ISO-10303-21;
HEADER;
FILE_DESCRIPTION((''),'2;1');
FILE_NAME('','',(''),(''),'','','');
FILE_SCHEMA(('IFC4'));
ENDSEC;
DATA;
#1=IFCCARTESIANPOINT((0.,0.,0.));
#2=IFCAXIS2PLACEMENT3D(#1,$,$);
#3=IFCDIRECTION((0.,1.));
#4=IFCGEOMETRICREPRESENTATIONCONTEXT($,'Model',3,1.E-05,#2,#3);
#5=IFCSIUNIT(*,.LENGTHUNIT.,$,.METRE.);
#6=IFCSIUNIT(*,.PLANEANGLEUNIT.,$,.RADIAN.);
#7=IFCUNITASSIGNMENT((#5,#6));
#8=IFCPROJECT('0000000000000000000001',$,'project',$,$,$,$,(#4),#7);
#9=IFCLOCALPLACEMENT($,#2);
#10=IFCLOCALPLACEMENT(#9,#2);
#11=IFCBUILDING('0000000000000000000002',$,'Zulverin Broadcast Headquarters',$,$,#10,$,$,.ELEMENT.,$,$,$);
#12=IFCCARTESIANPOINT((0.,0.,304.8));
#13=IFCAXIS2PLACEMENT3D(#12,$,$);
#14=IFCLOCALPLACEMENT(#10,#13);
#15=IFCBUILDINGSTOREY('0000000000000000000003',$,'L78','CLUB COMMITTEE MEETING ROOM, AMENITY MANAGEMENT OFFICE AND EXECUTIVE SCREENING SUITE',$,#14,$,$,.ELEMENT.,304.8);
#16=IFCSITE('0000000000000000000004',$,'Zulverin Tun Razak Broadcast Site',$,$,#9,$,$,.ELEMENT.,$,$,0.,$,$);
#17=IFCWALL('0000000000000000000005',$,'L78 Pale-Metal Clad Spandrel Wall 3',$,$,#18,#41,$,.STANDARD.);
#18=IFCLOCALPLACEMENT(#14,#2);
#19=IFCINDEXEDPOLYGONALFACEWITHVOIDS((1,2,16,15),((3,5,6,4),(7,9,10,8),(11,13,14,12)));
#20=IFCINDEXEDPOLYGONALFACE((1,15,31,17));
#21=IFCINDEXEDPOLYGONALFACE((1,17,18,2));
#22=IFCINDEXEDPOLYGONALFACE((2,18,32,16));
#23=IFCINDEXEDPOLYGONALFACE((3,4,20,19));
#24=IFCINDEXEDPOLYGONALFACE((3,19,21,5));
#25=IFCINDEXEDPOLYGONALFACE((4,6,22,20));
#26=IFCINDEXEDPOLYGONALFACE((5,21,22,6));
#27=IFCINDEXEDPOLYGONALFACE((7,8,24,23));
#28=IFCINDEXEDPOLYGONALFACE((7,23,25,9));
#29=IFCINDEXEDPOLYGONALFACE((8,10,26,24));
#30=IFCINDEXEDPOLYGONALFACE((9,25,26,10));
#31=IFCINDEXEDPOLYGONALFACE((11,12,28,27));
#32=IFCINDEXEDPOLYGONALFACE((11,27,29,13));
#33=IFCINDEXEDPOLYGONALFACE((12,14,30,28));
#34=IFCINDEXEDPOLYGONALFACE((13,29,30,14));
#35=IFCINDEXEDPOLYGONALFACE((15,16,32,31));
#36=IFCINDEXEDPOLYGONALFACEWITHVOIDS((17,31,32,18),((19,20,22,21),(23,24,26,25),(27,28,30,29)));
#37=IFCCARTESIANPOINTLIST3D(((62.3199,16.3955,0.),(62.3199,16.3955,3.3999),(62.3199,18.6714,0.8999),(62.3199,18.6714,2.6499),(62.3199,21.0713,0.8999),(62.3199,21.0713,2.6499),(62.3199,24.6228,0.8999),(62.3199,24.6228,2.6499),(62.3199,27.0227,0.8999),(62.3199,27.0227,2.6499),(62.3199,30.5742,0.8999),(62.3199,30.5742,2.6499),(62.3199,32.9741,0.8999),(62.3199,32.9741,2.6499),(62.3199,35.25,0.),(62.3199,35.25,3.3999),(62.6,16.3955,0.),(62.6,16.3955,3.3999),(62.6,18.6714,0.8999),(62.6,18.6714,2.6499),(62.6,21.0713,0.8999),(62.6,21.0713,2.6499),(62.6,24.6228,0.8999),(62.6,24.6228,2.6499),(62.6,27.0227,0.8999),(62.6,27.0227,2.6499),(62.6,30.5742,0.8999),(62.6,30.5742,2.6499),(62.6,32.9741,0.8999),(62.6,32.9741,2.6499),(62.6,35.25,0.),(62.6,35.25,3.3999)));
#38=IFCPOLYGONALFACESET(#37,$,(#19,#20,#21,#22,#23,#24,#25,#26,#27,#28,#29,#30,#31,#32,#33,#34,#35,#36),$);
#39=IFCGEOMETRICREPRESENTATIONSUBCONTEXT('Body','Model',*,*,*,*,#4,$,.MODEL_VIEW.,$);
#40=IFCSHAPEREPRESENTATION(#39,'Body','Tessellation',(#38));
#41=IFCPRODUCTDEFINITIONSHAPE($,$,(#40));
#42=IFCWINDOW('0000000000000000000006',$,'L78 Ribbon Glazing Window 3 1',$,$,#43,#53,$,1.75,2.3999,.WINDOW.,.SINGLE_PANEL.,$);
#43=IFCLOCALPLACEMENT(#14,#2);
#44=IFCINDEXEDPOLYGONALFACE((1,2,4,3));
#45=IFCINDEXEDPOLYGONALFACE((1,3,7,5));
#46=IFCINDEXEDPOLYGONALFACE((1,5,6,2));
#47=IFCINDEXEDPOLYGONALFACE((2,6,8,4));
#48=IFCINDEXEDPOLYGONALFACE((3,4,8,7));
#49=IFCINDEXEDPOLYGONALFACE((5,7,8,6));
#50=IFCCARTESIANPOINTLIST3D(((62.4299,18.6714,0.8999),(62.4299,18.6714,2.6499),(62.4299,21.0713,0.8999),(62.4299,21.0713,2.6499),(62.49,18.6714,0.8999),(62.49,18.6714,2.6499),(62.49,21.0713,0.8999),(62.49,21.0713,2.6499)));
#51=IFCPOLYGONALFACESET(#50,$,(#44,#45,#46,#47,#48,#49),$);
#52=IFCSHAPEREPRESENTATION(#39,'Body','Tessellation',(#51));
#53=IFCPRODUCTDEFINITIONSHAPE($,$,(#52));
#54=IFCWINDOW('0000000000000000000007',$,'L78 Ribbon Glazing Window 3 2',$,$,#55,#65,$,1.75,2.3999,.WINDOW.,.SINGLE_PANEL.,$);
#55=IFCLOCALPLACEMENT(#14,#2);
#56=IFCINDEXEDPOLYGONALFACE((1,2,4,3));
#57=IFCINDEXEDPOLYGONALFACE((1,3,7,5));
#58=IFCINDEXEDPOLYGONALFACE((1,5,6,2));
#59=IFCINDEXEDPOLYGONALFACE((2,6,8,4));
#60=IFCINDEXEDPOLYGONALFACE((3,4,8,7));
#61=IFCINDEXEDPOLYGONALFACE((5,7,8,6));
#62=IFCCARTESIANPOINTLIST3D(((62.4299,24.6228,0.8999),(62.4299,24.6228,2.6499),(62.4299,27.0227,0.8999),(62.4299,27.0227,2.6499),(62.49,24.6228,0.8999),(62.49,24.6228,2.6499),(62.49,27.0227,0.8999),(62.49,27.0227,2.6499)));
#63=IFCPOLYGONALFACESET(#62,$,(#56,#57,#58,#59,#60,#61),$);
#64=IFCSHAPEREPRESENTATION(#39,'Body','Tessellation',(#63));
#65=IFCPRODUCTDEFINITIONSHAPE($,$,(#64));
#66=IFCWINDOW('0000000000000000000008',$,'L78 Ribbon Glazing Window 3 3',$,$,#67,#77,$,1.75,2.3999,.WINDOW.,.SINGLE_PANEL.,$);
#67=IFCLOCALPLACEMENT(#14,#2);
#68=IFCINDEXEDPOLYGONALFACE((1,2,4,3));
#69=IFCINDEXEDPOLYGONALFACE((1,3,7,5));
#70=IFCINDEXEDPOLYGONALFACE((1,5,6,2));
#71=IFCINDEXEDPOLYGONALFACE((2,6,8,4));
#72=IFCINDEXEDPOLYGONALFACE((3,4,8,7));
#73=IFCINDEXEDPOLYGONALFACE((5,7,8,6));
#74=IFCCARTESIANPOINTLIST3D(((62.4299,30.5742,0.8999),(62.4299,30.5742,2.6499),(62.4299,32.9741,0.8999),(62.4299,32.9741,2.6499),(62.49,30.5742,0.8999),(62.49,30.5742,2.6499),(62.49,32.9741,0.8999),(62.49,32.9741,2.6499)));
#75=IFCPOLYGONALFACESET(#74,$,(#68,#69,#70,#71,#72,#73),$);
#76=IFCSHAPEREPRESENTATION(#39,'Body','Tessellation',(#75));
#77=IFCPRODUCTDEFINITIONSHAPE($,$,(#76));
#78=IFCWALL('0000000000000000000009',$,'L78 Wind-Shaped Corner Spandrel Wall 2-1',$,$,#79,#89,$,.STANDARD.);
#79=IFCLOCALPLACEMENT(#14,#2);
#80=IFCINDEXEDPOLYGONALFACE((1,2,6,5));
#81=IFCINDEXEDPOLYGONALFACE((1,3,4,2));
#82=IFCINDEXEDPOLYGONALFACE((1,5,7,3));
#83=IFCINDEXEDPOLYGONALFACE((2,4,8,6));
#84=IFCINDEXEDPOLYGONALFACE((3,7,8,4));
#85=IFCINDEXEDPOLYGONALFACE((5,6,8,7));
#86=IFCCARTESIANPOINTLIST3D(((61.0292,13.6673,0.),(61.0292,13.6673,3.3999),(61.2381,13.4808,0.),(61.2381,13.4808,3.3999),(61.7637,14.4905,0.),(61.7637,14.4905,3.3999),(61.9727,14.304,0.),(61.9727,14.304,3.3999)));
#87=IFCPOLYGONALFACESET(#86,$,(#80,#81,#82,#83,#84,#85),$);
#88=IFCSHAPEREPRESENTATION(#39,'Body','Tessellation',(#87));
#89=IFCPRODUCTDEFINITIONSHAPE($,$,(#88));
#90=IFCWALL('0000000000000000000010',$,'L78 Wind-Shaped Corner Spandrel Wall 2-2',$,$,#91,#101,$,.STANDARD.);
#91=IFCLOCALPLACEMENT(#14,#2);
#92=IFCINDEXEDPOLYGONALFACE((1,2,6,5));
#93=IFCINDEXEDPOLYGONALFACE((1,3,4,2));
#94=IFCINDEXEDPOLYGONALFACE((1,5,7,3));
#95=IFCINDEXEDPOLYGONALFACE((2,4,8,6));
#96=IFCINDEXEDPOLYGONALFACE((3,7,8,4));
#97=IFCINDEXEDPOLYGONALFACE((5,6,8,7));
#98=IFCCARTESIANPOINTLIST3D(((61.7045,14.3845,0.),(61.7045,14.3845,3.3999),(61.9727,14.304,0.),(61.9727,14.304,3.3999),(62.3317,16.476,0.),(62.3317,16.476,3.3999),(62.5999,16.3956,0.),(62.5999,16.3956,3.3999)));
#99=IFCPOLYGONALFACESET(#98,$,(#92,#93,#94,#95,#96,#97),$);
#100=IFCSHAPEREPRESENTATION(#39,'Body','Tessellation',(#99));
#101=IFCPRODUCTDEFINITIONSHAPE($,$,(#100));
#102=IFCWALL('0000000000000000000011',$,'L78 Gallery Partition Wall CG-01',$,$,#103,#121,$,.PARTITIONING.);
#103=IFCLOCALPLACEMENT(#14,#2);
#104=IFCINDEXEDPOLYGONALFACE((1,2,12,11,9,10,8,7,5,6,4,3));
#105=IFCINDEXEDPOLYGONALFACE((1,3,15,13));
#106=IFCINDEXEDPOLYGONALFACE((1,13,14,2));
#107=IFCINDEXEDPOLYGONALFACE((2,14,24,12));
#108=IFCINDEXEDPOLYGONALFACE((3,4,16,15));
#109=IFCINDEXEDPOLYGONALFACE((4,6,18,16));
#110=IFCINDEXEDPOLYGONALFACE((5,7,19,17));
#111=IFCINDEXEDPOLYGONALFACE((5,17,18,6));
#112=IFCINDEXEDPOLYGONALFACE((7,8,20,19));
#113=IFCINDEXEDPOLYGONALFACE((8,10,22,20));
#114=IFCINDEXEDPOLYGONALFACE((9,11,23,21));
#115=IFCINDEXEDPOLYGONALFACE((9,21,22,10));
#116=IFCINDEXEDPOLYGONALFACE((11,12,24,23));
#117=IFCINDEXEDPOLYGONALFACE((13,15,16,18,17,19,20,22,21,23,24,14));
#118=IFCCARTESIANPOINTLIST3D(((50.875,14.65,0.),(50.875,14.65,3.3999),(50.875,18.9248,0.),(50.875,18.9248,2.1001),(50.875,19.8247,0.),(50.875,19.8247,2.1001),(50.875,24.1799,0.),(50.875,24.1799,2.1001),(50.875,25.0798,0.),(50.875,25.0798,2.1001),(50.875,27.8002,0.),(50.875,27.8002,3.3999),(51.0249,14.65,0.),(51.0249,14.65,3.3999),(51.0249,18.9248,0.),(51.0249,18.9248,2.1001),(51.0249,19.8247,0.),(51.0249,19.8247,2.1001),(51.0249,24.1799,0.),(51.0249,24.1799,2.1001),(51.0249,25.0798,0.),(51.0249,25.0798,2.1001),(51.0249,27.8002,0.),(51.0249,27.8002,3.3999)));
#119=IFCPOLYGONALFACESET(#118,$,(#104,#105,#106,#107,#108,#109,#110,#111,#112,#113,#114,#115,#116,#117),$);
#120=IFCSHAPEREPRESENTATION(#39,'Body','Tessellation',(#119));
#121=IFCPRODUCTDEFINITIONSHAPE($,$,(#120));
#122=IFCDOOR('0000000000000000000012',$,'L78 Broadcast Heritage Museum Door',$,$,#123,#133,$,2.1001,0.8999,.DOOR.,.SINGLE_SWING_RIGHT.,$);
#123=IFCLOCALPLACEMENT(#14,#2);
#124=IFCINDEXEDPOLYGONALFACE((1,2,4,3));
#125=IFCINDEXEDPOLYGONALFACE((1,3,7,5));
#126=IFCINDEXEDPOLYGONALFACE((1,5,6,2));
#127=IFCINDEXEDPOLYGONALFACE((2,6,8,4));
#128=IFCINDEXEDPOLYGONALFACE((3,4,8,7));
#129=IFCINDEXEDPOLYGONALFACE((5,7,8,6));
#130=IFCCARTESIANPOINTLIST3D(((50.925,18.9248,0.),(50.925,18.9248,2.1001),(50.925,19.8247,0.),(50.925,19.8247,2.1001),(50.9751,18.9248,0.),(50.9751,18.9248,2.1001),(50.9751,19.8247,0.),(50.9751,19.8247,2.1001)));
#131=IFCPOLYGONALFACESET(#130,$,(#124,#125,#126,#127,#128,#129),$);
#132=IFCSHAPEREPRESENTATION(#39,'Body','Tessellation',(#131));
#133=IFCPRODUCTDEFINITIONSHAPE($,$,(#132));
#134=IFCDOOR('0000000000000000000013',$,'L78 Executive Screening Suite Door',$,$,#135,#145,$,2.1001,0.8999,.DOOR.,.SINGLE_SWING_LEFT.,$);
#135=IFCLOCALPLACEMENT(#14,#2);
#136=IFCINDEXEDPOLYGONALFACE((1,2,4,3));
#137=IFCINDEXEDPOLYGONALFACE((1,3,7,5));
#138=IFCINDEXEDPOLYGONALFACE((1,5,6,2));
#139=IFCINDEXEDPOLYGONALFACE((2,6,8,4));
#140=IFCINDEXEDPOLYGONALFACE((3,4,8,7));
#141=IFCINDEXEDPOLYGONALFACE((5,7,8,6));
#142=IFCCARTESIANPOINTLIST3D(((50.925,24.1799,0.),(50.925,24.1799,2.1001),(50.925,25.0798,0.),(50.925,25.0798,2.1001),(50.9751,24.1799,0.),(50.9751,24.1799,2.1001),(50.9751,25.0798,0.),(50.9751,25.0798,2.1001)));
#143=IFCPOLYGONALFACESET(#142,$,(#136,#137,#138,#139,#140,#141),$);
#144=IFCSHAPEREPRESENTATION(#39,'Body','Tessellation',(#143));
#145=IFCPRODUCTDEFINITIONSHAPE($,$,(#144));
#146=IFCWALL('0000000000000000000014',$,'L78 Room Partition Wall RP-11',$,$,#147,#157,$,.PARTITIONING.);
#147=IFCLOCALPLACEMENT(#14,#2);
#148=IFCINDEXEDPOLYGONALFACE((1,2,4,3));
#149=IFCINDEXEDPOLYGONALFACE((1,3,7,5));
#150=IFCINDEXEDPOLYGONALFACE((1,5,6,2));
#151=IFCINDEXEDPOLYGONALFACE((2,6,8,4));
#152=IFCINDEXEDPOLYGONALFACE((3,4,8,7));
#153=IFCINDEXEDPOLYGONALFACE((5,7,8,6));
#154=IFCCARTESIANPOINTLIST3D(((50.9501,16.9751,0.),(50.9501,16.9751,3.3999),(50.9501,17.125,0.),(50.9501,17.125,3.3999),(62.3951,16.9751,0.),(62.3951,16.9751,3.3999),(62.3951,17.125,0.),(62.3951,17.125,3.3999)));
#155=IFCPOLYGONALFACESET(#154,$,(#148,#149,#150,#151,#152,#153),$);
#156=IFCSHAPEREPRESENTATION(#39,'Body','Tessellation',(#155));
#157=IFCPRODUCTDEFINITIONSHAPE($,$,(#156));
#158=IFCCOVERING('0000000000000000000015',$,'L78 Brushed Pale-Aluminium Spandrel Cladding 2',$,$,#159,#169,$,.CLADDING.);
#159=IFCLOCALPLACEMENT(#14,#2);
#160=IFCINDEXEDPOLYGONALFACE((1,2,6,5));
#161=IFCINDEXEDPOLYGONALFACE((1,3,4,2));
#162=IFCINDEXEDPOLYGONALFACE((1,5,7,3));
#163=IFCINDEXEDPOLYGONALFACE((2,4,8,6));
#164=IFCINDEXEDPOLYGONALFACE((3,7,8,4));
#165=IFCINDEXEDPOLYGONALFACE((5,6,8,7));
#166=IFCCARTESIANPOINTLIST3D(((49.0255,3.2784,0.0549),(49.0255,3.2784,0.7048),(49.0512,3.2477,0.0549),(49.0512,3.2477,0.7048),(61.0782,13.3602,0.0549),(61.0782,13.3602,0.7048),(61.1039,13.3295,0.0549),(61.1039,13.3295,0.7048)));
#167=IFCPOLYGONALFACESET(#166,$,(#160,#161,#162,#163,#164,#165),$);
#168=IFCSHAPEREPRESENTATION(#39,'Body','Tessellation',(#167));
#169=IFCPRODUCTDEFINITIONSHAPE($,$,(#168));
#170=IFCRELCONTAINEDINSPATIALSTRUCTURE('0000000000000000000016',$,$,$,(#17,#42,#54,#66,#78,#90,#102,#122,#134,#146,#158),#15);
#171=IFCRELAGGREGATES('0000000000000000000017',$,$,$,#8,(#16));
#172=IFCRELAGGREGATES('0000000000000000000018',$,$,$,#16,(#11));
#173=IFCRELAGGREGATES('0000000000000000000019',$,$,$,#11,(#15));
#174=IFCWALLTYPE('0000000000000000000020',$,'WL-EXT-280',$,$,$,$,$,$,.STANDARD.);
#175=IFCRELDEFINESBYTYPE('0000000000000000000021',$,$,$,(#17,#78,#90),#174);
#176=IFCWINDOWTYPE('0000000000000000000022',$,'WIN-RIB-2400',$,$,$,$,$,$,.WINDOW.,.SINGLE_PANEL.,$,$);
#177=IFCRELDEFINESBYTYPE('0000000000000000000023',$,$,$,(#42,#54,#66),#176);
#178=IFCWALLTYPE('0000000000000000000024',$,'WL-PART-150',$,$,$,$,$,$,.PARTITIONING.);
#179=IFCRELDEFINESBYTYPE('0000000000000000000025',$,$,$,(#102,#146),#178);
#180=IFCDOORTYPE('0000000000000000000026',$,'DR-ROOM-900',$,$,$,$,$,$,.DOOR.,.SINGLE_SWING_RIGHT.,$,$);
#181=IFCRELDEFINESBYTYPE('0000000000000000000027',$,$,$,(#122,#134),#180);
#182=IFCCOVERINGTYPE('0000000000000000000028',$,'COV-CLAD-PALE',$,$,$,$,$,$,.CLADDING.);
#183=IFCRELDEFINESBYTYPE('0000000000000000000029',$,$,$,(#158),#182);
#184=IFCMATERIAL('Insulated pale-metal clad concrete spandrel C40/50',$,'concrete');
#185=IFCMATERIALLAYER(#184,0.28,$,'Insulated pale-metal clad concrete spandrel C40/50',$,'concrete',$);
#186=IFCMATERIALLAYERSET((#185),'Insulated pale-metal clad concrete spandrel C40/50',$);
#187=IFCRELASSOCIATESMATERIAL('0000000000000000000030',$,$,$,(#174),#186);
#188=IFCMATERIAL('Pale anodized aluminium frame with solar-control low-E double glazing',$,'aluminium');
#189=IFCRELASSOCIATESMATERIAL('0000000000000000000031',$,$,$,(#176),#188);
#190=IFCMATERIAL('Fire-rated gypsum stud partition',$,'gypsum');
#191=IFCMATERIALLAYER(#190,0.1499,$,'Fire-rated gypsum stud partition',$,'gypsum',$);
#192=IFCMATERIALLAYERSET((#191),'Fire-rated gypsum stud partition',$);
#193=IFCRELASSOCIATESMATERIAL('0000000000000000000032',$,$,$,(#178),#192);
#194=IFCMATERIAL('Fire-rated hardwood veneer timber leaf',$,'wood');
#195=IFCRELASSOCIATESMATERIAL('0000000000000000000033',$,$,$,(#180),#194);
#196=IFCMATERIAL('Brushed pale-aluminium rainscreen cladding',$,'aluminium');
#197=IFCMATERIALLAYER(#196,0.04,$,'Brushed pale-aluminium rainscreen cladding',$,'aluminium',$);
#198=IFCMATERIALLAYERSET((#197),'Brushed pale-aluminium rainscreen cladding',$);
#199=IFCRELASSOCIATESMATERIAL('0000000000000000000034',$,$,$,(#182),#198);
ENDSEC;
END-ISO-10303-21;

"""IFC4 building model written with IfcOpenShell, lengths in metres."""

from ifc_helpers import new_model, si_unit, direction, frame, frame_2d, origin, origin_2d, place, context, subcontext, project, spatial, rectangle, extrude, material, layer, layer_set, type_object, element, fill, save


model = new_model("IFC4")

# Units and contexts
model_context = context("Model", 3, precision=1e-05, world=origin(), true_north=direction((0.0, 1.0)))
body_context = subcontext(model_context, "Body", "Model", "MODEL_VIEW")
ifc_project = project(units=[si_unit("LENGTHUNIT", "METRE"), si_unit("PLANEANGLEUNIT", "RADIAN")], contexts=[model_context])

# Site, building, storey
site_placement = place(None, origin())
site = spatial("IfcSite", under=ifc_project, at=site_placement, Name="Zulverin Tun Razak Broadcast Site", CompositionType="ELEMENT", RefElevation=0.0)
building_placement = place(site_placement, origin())
building = spatial("IfcBuilding", under=site, at=building_placement, Name="Zulverin Broadcast Headquarters", CompositionType="ELEMENT")
storey_placement = place(building_placement, frame((0.0, 0.0, 304.8)))
storey = spatial("IfcBuildingStorey", under=building, at=storey_placement, Name="L78", Description="CLUB COMMITTEE MEETING ROOM, AMENITY MANAGEMENT OFFICE AND EXECUTIVE SCREENING SUITE", CompositionType="ELEMENT", Elevation=304.8)

# Wall, openings, windows
ifc_material_1 = material(Name="Insulated pale-metal clad concrete spandrel C40/50", Category="concrete")
ifc_layer_1 = layer(ifc_material_1, 0.28, Name="Insulated pale-metal clad concrete spandrel C40/50", Category="concrete")
ifc_layer_set_1 = layer_set([ifc_layer_1], Name="Insulated pale-metal clad concrete spandrel C40/50")
wall_type_1 = type_object("IfcWallType", Name="WL-EXT-280", PredefinedType="STANDARD", material=ifc_layer_set_1)
ifc_material_2 = material(Name="Pale anodized aluminium frame with solar-control low-E double glazing", Category="aluminium")
window_type = type_object("IfcWindowType", Name="WIN-RIB-2400", PartitioningType="SINGLE_PANEL", PredefinedType="WINDOW", material=ifc_material_2)
wall_1_placement = place(storey_placement, frame((62.46, 16.3955, 0.0), z_axis=(0.0, 0.0, 1.0), x_axis=(0.0, 1.0, 0.0)))
wall_1 = element("IfcWall", 1, at=wall_1_placement, inside=storey, type_object=wall_type_1, Name="L78 Pale-Metal Clad Spandrel Wall 3", PredefinedType="STANDARD", context=body_context, shape_type="SweptSolid", body=[
    extrude(rectangle(XDim=18.8545, YDim=0.28, at=frame_2d((9.4272, 0.0))), origin(), (0.0, 0.0, 1.0), 3.3999),
])
opening_1_placement = place(wall_1_placement, frame((2.2759, 0.0, 0.8999)))
opening_1 = element("IfcOpeningElement", 2, at=opening_1_placement, cuts=wall_1, PredefinedType="OPENING", context=body_context, shape_type="SweptSolid", body=[
    extrude(rectangle(XDim=2.3999, YDim=1.75, at=frame_2d((1.2, 0.875))), frame((0.0, 0.1499, 0.0), z_axis=(0.0, -1.0, 0.0), x_axis=(1.0, 0.0, 0.0)), (0.0, 0.0, 1.0), 0.3),
])
opening_2_placement = place(wall_1_placement, frame((8.2273, 0.0, 0.8999)))
opening_2 = element("IfcOpeningElement", 3, at=opening_2_placement, cuts=wall_1, PredefinedType="OPENING", context=body_context, shape_type="SweptSolid", body=[
    extrude(rectangle(XDim=2.3999, YDim=1.75, at=frame_2d((1.2, 0.875))), frame((0.0, 0.1499, 0.0), z_axis=(0.0, -1.0, 0.0), x_axis=(1.0, 0.0, 0.0)), (0.0, 0.0, 1.0), 0.3),
])
opening_3_placement = place(wall_1_placement, frame((14.1787, 0.0, 0.8999)))
opening_3 = element("IfcOpeningElement", 4, at=opening_3_placement, cuts=wall_1, PredefinedType="OPENING", context=body_context, shape_type="SweptSolid", body=[
    extrude(rectangle(XDim=2.3999, YDim=1.75, at=frame_2d((1.2, 0.875))), frame((0.0, 0.1499, 0.0), z_axis=(0.0, -1.0, 0.0), x_axis=(1.0, 0.0, 0.0)), (0.0, 0.0, 1.0), 0.3),
])
window_1_placement = place(opening_1_placement, origin())
window_1 = element("IfcWindow", 5, at=window_1_placement, inside=storey, type_object=window_type, Name="L78 Ribbon Glazing Window 3 1", OverallHeight=1.75, OverallWidth=2.3999, PartitioningType="SINGLE_PANEL", PredefinedType="WINDOW", context=body_context, shape_type="SweptSolid", body=[
    extrude(rectangle(XDim=2.3999, YDim=1.75, at=frame_2d((1.2, 0.875))), frame((0.0, 0.03, 0.0), z_axis=(0.0, -1.0, 0.0), x_axis=(1.0, 0.0, 0.0)), (0.0, 0.0, 1.0), 0.0601),
])
fill(opening_1, window_1)
window_2_placement = place(opening_2_placement, origin())
window_2 = element("IfcWindow", 6, at=window_2_placement, inside=storey, type_object=window_type, Name="L78 Ribbon Glazing Window 3 2", OverallHeight=1.75, OverallWidth=2.3999, PartitioningType="SINGLE_PANEL", PredefinedType="WINDOW", context=body_context, shape_type="SweptSolid", body=[
    extrude(rectangle(XDim=2.3999, YDim=1.75, at=frame_2d((1.2, 0.875))), frame((0.0, 0.03, 0.0), z_axis=(0.0, -1.0, 0.0), x_axis=(1.0, 0.0, 0.0)), (0.0, 0.0, 1.0), 0.0601),
])
fill(opening_2, window_2)
window_3_placement = place(opening_3_placement, origin())
window_3 = element("IfcWindow", 7, at=window_3_placement, inside=storey, type_object=window_type, Name="L78 Ribbon Glazing Window 3 3", OverallHeight=1.75, OverallWidth=2.3999, PartitioningType="SINGLE_PANEL", PredefinedType="WINDOW", context=body_context, shape_type="SweptSolid", body=[
    extrude(rectangle(XDim=2.3999, YDim=1.75, at=frame_2d((1.2, 0.875))), frame((0.0, 0.03, 0.0), z_axis=(0.0, -1.0, 0.0), x_axis=(1.0, 0.0, 0.0)), (0.0, 0.0, 1.0), 0.0601),
])
fill(opening_3, window_3)

# Walls
wall_2_placement = place(storey_placement, frame((61.1335, 13.574, 0.0), z_axis=(0.0, 0.0, 1.0), x_axis=(0.665805, 0.746126, 0.0)))
element("IfcWall", 8, at=wall_2_placement, inside=storey, type_object=wall_type_1, Name="L78 Wind-Shaped Corner Spandrel Wall 2-1", PredefinedType="STANDARD", context=body_context, shape_type="SweptSolid", body=[
    extrude(rectangle(XDim=1.1033, YDim=0.28, at=frame_2d((0.5518, 0.0))), origin(), (0.0, 0.0, 1.0), 3.3999),
])
wall_3_placement = place(storey_placement, frame((61.8386, 14.3442, 0.0), z_axis=(0.0, 0.0, 1.0), x_axis=(0.287235, 0.95786, 0.0)))
element("IfcWall", 9, at=wall_3_placement, inside=storey, type_object=wall_type_1, Name="L78 Wind-Shaped Corner Spandrel Wall 2-2", PredefinedType="STANDARD", context=body_context, shape_type="SweptSolid", body=[
    extrude(rectangle(XDim=2.1836, YDim=0.28, at=frame_2d((1.0918, 0.0))), origin(), (0.0, 0.0, 1.0), 3.3999),
])

# Wall, openings, doors
ifc_material_3 = material(Name="Fire-rated gypsum stud partition", Category="gypsum")
ifc_layer_2 = layer(ifc_material_3, 0.1499, Name="Fire-rated gypsum stud partition", Category="gypsum")
ifc_layer_set_2 = layer_set([ifc_layer_2], Name="Fire-rated gypsum stud partition")
wall_type_2 = type_object("IfcWallType", Name="WL-PART-150", PredefinedType="PARTITIONING", material=ifc_layer_set_2)
wall_4_placement = place(storey_placement, frame((50.95, 14.6499, 0.0), z_axis=(0.0, 0.0, 1.0), x_axis=(0.0, 1.0, 0.0)))
wall_4 = element("IfcWall", 10, at=wall_4_placement, inside=storey, type_object=wall_type_2, Name="L78 Gallery Partition Wall CG-01", PredefinedType="PARTITIONING", context=body_context, shape_type="SweptSolid", body=[
    extrude(rectangle(XDim=13.1501, YDim=0.1499, at=frame_2d((6.5752, 0.0))), origin(), (0.0, 0.0, 1.0), 3.3999),
])
opening_4_placement = place(wall_4_placement, frame((4.2749, 0.0, 0.0)))
opening_4 = element("IfcOpeningElement", 11, at=opening_4_placement, cuts=wall_4, PredefinedType="OPENING", context=body_context, shape_type="SweptSolid", body=[
    extrude(rectangle(XDim=0.8999, YDim=2.1001, at=frame_2d((0.45, 1.05))), frame((0.0, 0.085, 0.0), z_axis=(0.0, -1.0, 0.0), x_axis=(1.0, 0.0, 0.0)), (0.0, 0.0, 1.0), 0.1699),
])
opening_5_placement = place(wall_4_placement, frame((9.53, 0.0, 0.0)))
opening_5 = element("IfcOpeningElement", 12, at=opening_5_placement, cuts=wall_4, PredefinedType="OPENING", context=body_context, shape_type="SweptSolid", body=[
    extrude(rectangle(XDim=0.8999, YDim=2.1001, at=frame_2d((0.45, 1.05))), frame((0.0, 0.085, 0.0), z_axis=(0.0, -1.0, 0.0), x_axis=(1.0, 0.0, 0.0)), (0.0, 0.0, 1.0), 0.1699),
])
ifc_material_4 = material(Name="Fire-rated hardwood veneer timber leaf", Category="wood")
door_type = type_object("IfcDoorType", Name="DR-ROOM-900", OperationType="SINGLE_SWING_RIGHT", PredefinedType="DOOR", material=ifc_material_4)
door_1_placement = place(opening_4_placement, origin())
door_1 = element("IfcDoor", 13, at=door_1_placement, inside=storey, type_object=door_type, Name="L78 Broadcast Heritage Museum Door", OperationType="SINGLE_SWING_RIGHT", OverallHeight=2.1001, OverallWidth=0.8999, PredefinedType="DOOR", context=body_context, shape_type="SweptSolid", body=[
    extrude(rectangle(XDim=0.8999, YDim=2.1001, at=frame_2d((0.45, 1.05))), frame((0.0, 0.0249, 0.0), z_axis=(0.0, -1.0, 0.0), x_axis=(1.0, 0.0, 0.0)), (0.0, 0.0, 1.0), 0.05),
])
fill(opening_4, door_1)
door_2_placement = place(opening_5_placement, origin())
door_2 = element("IfcDoor", 14, at=door_2_placement, inside=storey, type_object=door_type, Name="L78 Executive Screening Suite Door", OperationType="SINGLE_SWING_LEFT", OverallHeight=2.1001, OverallWidth=0.8999, PredefinedType="DOOR", context=body_context, shape_type="SweptSolid", body=[
    extrude(rectangle(XDim=0.8999, YDim=2.1001, at=frame_2d((0.45, 1.05))), frame((0.0, 0.0249, 0.0), z_axis=(0.0, -1.0, 0.0), x_axis=(1.0, 0.0, 0.0)), (0.0, 0.0, 1.0), 0.05),
])
fill(opening_5, door_2)

# Wall
wall_5_placement = place(storey_placement, frame((50.95, 17.05, 0.0), z_axis=(0.0, 0.0, 1.0), x_axis=(1.0, 0.0, 0.0)))
element("IfcWall", 15, at=wall_5_placement, inside=storey, type_object=wall_type_2, Name="L78 Room Partition Wall RP-11", PredefinedType="PARTITIONING", context=body_context, shape_type="SweptSolid", body=[
    extrude(rectangle(XDim=11.4451, YDim=0.1499, at=frame_2d((5.7227, 0.0))), origin(), (0.0, 0.0, 1.0), 3.3999),
])

# Covering
ifc_material_5 = material(Name="Brushed pale-aluminium rainscreen cladding", Category="aluminium")
ifc_layer_3 = layer(ifc_material_5, 0.04, Name="Brushed pale-aluminium rainscreen cladding", Category="aluminium")
ifc_layer_set_3 = layer_set([ifc_layer_3], Name="Brushed pale-aluminium rainscreen cladding")
covering_type = type_object("IfcCoveringType", Name="COV-CLAD-PALE", PredefinedType="CLADDING", material=ifc_layer_set_3)
covering_placement = place(storey_placement, frame((55.0647, 8.304, 0.0549), z_axis=(0.0, 0.0, 1.0), x_axis=(0.767035, 0.641605, 0.0)))
element("IfcCovering", 16, at=covering_placement, inside=storey, type_object=covering_type, Name="L78 Brushed Pale-Aluminium Spandrel Cladding 2", PredefinedType="CLADDING", context=body_context, shape_type="SweptSolid", body=[
    extrude(rectangle(XDim=15.7134, YDim=0.04, at=origin_2d()), origin(), (0.0, 0.0, 1.0), 0.6499),
])

save(model, "model.ifc")
